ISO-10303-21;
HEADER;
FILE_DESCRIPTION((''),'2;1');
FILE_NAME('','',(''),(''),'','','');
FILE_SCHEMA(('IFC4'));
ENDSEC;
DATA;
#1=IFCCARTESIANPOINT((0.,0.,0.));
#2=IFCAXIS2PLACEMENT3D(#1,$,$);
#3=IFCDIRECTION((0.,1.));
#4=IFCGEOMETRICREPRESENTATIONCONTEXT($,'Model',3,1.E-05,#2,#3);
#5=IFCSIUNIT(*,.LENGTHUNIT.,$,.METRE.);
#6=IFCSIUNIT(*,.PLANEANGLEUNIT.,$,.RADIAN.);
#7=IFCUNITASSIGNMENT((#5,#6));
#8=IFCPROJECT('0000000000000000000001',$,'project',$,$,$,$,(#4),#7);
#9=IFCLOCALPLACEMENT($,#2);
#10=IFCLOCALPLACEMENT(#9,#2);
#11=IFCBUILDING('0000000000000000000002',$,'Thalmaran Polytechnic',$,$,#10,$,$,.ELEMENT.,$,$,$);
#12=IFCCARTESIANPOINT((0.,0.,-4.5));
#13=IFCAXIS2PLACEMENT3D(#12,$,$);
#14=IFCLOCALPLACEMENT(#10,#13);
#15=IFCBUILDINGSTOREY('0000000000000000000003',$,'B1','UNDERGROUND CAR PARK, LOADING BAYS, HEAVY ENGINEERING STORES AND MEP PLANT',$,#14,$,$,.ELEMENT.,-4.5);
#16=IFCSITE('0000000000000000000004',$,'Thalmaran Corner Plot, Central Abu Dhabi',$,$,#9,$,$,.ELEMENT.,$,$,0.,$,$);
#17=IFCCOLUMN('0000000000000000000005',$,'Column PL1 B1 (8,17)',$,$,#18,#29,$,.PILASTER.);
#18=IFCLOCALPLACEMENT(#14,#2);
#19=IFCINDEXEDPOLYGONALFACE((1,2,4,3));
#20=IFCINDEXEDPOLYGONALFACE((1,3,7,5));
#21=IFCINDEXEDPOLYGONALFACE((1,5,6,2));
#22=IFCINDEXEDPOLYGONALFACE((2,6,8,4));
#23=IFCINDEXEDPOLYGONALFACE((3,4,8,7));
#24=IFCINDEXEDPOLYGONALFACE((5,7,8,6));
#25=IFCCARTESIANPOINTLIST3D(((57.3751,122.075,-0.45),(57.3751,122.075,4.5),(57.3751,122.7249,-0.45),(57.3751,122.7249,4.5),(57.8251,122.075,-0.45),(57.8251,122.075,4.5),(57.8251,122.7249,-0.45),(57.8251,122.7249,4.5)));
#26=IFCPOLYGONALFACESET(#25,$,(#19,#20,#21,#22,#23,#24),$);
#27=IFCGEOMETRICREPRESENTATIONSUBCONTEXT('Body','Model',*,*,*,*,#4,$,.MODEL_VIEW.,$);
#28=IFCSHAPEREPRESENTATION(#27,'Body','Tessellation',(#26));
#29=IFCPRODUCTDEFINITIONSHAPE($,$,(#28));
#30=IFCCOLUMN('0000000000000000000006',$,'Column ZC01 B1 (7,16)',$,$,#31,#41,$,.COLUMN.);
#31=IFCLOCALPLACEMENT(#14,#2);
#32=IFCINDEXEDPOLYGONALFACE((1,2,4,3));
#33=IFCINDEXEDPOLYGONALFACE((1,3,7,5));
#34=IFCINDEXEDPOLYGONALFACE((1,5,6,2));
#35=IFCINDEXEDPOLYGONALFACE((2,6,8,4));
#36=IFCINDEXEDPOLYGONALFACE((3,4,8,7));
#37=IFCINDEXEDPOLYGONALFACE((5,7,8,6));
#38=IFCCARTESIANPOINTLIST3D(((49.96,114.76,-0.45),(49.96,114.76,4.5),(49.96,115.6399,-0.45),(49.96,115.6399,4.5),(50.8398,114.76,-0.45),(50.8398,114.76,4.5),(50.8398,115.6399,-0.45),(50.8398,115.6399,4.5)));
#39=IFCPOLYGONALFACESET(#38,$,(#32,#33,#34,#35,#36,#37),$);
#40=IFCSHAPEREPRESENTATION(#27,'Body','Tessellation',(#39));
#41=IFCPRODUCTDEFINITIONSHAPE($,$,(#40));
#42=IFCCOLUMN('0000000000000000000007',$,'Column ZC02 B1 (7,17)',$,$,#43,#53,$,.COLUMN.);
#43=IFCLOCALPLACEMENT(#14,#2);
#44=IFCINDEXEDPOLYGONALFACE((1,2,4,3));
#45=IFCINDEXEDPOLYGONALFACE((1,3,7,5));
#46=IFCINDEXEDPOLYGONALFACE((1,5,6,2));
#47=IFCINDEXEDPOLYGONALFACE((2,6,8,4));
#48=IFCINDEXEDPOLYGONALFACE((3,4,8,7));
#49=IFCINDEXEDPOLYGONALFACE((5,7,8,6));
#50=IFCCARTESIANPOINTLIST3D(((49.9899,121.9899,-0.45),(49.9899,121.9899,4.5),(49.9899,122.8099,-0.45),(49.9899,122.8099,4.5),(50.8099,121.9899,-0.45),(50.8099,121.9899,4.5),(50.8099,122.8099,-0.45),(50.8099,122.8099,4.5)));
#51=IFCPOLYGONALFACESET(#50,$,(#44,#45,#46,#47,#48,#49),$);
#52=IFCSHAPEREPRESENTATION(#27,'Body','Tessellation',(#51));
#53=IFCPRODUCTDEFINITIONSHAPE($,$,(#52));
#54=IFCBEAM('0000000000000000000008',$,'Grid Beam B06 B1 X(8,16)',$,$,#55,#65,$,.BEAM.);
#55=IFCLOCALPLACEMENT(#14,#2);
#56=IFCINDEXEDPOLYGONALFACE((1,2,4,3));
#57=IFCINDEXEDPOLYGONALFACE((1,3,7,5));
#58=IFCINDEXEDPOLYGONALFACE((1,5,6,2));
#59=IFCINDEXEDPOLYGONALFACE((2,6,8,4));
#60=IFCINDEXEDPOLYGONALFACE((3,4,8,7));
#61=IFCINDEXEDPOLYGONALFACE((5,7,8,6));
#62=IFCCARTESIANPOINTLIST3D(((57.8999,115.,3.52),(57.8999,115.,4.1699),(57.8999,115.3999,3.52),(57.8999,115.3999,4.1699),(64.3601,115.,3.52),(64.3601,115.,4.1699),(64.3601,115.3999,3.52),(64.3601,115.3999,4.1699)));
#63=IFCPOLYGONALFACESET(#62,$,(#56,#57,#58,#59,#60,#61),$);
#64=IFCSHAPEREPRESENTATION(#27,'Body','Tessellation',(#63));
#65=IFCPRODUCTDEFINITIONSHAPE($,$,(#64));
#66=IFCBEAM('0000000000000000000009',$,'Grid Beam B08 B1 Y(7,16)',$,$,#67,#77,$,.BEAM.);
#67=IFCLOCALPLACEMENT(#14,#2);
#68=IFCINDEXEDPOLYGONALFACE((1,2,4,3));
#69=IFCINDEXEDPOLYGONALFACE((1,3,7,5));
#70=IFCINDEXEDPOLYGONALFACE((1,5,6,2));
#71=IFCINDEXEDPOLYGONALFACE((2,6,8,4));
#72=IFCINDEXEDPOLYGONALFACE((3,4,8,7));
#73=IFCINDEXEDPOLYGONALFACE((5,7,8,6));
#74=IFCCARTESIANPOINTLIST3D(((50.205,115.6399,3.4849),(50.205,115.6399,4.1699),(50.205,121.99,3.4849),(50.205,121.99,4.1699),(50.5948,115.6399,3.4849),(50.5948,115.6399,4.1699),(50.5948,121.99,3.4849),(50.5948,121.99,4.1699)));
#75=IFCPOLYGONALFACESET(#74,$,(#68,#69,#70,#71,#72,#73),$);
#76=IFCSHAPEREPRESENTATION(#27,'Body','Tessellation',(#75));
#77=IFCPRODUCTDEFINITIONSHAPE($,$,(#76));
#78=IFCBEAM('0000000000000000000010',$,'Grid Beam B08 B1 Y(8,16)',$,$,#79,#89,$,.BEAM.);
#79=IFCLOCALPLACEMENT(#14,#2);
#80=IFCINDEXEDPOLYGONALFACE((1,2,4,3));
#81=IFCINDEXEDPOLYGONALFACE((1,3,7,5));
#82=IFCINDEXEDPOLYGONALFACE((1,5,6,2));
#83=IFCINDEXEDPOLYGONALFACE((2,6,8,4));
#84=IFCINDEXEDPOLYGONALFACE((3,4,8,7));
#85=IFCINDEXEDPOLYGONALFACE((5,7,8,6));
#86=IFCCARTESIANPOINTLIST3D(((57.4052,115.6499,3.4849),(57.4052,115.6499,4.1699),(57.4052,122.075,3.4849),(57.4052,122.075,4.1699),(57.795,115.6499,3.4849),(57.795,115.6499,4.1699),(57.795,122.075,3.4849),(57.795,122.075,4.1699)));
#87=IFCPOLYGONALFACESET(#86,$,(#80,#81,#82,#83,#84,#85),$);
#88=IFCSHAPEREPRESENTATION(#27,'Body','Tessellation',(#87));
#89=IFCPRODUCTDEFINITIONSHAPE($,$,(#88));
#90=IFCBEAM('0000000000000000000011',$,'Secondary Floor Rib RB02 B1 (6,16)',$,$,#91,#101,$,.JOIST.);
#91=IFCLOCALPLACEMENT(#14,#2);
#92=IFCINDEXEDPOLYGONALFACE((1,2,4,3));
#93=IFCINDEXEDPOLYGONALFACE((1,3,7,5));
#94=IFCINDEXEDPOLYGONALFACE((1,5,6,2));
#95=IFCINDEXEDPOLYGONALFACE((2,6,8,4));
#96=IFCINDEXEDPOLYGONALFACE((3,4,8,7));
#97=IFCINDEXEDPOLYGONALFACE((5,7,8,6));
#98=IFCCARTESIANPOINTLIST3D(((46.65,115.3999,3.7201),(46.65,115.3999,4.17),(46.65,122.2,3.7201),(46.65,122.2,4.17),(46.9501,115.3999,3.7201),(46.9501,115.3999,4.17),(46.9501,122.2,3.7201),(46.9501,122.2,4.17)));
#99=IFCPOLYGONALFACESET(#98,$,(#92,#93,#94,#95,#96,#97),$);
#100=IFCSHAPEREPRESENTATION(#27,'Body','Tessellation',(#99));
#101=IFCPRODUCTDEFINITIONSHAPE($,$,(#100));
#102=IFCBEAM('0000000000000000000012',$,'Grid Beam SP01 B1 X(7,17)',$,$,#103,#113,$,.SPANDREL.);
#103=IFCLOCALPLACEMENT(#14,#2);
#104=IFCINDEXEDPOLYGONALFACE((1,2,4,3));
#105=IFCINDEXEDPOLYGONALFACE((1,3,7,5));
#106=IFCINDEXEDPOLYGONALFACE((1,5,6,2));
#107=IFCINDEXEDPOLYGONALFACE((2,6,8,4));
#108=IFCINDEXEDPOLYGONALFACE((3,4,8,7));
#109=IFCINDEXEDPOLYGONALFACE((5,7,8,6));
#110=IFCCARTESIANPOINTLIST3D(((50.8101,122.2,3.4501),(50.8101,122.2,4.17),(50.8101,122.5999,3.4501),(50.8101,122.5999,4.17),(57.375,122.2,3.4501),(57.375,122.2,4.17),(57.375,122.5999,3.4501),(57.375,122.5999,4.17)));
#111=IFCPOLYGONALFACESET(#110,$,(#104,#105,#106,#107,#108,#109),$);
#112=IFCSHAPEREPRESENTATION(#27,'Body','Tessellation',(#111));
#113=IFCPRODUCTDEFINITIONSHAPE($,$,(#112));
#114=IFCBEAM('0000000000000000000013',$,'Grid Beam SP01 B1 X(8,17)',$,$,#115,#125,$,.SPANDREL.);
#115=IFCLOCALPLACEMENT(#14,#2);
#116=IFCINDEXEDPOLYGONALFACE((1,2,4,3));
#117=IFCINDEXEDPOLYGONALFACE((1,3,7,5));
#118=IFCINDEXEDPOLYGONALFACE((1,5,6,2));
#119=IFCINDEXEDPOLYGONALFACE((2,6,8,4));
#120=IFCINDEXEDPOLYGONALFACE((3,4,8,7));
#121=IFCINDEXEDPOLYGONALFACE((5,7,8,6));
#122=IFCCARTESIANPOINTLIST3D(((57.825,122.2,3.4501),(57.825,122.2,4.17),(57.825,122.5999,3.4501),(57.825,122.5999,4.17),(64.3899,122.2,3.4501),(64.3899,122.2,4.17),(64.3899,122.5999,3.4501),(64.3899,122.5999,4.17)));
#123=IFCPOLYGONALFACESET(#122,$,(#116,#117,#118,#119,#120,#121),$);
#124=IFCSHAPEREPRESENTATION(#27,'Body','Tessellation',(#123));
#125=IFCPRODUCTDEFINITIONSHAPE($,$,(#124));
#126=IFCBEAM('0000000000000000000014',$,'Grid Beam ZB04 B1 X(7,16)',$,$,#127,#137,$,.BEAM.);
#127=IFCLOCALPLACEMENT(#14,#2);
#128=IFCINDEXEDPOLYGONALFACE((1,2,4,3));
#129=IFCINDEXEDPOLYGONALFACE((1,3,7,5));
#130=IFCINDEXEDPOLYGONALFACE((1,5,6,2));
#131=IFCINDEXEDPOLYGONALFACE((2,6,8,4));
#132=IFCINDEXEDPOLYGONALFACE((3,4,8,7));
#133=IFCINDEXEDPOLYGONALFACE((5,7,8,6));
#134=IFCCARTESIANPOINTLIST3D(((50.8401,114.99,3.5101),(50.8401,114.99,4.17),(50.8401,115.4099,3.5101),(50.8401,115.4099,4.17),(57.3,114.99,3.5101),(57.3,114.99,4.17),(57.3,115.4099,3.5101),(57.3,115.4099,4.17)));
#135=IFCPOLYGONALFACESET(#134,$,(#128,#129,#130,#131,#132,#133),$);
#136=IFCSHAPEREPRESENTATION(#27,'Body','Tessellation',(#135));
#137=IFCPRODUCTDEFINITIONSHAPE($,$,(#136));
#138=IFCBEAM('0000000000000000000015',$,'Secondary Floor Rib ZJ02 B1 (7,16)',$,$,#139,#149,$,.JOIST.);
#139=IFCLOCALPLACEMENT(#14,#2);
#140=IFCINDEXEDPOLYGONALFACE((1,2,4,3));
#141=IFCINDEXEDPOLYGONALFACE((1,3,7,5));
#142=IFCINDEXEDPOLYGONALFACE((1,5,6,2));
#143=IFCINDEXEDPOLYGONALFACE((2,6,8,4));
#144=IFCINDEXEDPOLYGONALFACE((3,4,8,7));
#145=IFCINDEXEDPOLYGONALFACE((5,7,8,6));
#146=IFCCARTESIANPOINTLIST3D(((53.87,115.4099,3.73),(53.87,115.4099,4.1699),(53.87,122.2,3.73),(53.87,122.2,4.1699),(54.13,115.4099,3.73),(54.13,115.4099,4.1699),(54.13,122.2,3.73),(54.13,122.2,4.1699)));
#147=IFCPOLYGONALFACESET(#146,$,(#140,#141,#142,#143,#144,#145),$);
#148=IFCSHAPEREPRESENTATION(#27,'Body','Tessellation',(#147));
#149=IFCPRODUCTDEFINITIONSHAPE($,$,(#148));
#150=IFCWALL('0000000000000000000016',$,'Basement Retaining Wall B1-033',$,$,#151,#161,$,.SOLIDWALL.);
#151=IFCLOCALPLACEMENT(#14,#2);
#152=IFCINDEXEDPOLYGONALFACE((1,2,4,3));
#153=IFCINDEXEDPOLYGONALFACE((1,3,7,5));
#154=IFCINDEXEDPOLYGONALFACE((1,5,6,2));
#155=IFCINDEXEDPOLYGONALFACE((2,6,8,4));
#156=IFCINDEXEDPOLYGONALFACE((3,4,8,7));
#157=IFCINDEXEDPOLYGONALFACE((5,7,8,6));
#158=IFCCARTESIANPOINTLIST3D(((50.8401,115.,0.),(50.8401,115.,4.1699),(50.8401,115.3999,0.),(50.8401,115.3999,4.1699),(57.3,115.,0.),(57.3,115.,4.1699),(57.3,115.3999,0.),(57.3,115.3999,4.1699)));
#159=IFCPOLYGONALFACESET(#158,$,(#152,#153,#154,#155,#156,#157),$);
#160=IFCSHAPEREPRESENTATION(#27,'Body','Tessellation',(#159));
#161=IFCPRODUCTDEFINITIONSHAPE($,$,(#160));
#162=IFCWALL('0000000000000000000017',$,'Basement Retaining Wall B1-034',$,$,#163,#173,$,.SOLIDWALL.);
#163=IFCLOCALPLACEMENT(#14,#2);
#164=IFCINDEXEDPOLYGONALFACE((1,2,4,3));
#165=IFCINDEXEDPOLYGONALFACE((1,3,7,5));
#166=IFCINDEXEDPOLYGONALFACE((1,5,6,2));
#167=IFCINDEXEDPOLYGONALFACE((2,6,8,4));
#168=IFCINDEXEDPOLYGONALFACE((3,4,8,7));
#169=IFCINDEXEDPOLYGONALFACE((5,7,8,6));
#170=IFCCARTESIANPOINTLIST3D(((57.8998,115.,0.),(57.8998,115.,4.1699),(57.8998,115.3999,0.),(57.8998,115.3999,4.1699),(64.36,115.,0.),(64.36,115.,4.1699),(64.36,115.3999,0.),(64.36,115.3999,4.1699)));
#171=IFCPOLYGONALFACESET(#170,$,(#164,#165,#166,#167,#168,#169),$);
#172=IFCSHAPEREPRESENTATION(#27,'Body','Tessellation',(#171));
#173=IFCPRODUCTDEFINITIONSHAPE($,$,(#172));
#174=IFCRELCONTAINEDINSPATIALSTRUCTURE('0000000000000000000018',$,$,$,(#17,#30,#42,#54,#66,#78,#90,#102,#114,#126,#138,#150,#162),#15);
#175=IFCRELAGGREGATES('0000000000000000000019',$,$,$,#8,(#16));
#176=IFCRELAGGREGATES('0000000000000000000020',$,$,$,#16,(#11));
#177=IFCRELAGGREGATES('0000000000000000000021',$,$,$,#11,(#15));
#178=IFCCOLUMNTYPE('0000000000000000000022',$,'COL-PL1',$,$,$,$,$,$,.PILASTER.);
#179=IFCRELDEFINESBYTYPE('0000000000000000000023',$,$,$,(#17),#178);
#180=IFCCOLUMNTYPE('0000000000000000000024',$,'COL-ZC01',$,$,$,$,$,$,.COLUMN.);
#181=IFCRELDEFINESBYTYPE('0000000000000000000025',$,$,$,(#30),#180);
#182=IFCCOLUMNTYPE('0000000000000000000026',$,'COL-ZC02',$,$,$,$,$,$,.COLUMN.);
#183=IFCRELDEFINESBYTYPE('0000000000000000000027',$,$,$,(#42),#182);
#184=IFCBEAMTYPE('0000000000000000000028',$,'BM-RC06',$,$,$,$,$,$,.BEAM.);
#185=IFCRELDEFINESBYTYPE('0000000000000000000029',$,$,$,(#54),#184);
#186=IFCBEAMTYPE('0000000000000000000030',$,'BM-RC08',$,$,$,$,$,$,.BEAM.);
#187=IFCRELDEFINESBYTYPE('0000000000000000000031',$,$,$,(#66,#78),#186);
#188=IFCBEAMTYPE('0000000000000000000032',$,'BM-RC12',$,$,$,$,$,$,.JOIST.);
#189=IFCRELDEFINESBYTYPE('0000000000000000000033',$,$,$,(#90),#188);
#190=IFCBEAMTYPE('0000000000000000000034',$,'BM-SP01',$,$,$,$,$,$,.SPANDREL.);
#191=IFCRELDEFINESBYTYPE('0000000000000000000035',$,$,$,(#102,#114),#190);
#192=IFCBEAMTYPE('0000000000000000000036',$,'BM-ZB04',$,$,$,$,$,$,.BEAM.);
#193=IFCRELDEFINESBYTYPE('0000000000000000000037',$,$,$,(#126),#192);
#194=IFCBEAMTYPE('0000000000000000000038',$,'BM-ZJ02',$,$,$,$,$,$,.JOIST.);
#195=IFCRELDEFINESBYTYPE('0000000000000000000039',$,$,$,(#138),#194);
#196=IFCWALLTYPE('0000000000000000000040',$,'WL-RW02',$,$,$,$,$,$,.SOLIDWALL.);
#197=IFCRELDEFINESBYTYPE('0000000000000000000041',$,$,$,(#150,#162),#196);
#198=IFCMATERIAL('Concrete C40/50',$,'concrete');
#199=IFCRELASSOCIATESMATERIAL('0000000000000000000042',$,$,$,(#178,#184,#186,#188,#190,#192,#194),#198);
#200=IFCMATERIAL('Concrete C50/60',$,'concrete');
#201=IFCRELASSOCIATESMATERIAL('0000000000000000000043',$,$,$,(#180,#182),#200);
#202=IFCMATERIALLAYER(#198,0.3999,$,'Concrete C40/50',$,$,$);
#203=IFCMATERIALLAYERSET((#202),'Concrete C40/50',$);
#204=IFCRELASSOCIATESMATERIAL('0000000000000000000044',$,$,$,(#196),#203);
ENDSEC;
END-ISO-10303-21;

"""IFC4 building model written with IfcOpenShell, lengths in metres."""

from ifc_helpers import new_model, si_unit, direction, frame, frame_2d, origin, origin_2d, place, context, subcontext, project, spatial, rectangle, extrude, material, layer, layer_set, material_profile, profile_set, type_object, element, save


model = new_model("IFC4")

# Units and contexts
model_context = context("Model", 3, precision=1e-05, world=origin(), true_north=direction((0.0, 1.0)))
body_context = subcontext(model_context, "Body", "Model", "MODEL_VIEW")
ifc_project = project(units=[si_unit("LENGTHUNIT", "METRE"), si_unit("PLANEANGLEUNIT", "RADIAN")], contexts=[model_context])

# Site, building, storey
site_placement = place(None, origin())
site = spatial("IfcSite", under=ifc_project, at=site_placement, Name="Thalmaran Corner Plot, Central Abu Dhabi", CompositionType="ELEMENT", RefElevation=0.0)
building_placement = place(site_placement, origin())
building = spatial("IfcBuilding", under=site, at=building_placement, Name="Thalmaran Polytechnic", CompositionType="ELEMENT")
storey_placement = place(building_placement, frame((0.0, 0.0, -4.5)))
storey = spatial("IfcBuildingStorey", under=building, at=storey_placement, Name="B1", Description="UNDERGROUND CAR PARK, LOADING BAYS, HEAVY ENGINEERING STORES AND MEP PLANT", CompositionType="ELEMENT", Elevation=-4.5)

# Shared definitions
ifc_material_1 = material(Name="Concrete C40/50", Category="concrete")

# Columns
ifc_material_2 = material(Name="Concrete C50/60", Category="concrete")
ifc_material_profile_1 = material_profile(ifc_material_1, rectangle(XDim=0.45, YDim=0.6499, at=origin_2d()), Name="RC 450x650")
ifc_profile_set_1 = profile_set([ifc_material_profile_1], Name="Concrete C40/50")
column_type_1 = type_object("IfcColumnType", Name="COL-PL1", PredefinedType="PILASTER", material=ifc_profile_set_1)
column_1_placement = place(storey_placement, frame((57.6001, 122.3999, -0.45), z_axis=(0.0, 0.0, 1.0), x_axis=(1.0, 0.0, 0.0)))
element("IfcColumn", 1, at=column_1_placement, inside=storey, type_object=column_type_1, Name="Column PL1 B1 (8,17)", PredefinedType="PILASTER", context=body_context, shape_type="SweptSolid", body=[
    extrude(rectangle(XDim=0.45, YDim=0.6499, at=origin_2d()), origin(), (0.0, 0.0, 1.0), 4.95),
])
ifc_material_profile_2 = material_profile(ifc_material_2, rectangle(XDim=0.8799, YDim=0.8799, at=origin_2d()), Name="RC 880x880")
ifc_profile_set_2 = profile_set([ifc_material_profile_2], Name="Concrete C50/60")
column_type_2 = type_object("IfcColumnType", Name="COL-ZC01", PredefinedType="COLUMN", material=ifc_profile_set_2)
column_2_placement = place(storey_placement, frame((50.3999, 115.2, -0.45), z_axis=(0.0, 0.0, 1.0), x_axis=(1.0, 0.0, 0.0)))
element("IfcColumn", 2, at=column_2_placement, inside=storey, type_object=column_type_2, Name="Column ZC01 B1 (7,16)", PredefinedType="COLUMN", context=body_context, shape_type="SweptSolid", body=[
    extrude(rectangle(XDim=0.8799, YDim=0.8799, at=origin_2d()), origin(), (0.0, 0.0, 1.0), 4.95),
])
ifc_material_profile_3 = material_profile(ifc_material_2, rectangle(XDim=0.8201, YDim=0.8201, at=origin_2d()), Name="RC 820x820")
ifc_profile_set_3 = profile_set([ifc_material_profile_3], Name="Concrete C50/60")
column_type_3 = type_object("IfcColumnType", Name="COL-ZC02", PredefinedType="COLUMN", material=ifc_profile_set_3)
column_3_placement = place(storey_placement, frame((50.3999, 122.3999, -0.45), z_axis=(0.0, 0.0, 1.0), x_axis=(1.0, 0.0, 0.0)))
element("IfcColumn", 3, at=column_3_placement, inside=storey, type_object=column_type_3, Name="Column ZC02 B1 (7,17)", PredefinedType="COLUMN", context=body_context, shape_type="SweptSolid", body=[
    extrude(rectangle(XDim=0.8201, YDim=0.8201, at=origin_2d()), origin(), (0.0, 0.0, 1.0), 4.95),
])

# Beams
ifc_material_profile_4 = material_profile(ifc_material_1, rectangle(XDim=0.3999, YDim=0.6499, at=origin_2d()), Name="RC 400x650")
ifc_profile_set_4 = profile_set([ifc_material_profile_4], Name="Concrete C40/50")
beam_type_1 = type_object("IfcBeamType", Name="BM-RC06", PredefinedType="BEAM", material=ifc_profile_set_4)
beam_1_placement = place(storey_placement, frame((57.8999, 115.2, 3.845), z_axis=(1.0, 0.0, 0.0), x_axis=(0.0, 1.0, 0.0)))
element("IfcBeam", 4, at=beam_1_placement, inside=storey, type_object=beam_type_1, Name="Grid Beam B06 B1 X(8,16)", PredefinedType="BEAM", context=body_context, shape_type="SweptSolid", body=[
    extrude(rectangle(XDim=0.3999, YDim=0.6499, at=origin_2d()), origin(), (0.0, 0.0, 1.0), 6.4602),
])
ifc_material_profile_5 = material_profile(ifc_material_1, rectangle(XDim=0.3899, YDim=0.6851, at=origin_2d()), Name="RC 390x685")
ifc_profile_set_5 = profile_set([ifc_material_profile_5], Name="Concrete C40/50")
beam_type_2 = type_object("IfcBeamType", Name="BM-RC08", PredefinedType="BEAM", material=ifc_profile_set_5)
beam_2_placement = place(storey_placement, frame((50.3999, 115.6399, 3.8274), z_axis=(0.0, 1.0, 0.0), x_axis=(-1.0, 0.0, 0.0)))
element("IfcBeam", 5, at=beam_2_placement, inside=storey, type_object=beam_type_2, Name="Grid Beam B08 B1 Y(7,16)", PredefinedType="BEAM", context=body_context, shape_type="SweptSolid", body=[
    extrude(rectangle(XDim=0.3899, YDim=0.6851, at=origin_2d()), origin(), (0.0, 0.0, 1.0), 6.3501),
])
beam_3_placement = place(storey_placement, frame((57.6001, 115.6499, 3.8274), z_axis=(0.0, 1.0, 0.0), x_axis=(-1.0, 0.0, 0.0)))
element("IfcBeam", 6, at=beam_3_placement, inside=storey, type_object=beam_type_2, Name="Grid Beam B08 B1 Y(8,16)", PredefinedType="BEAM", context=body_context, shape_type="SweptSolid", body=[
    extrude(rectangle(XDim=0.3899, YDim=0.6851, at=origin_2d()), origin(), (0.0, 0.0, 1.0), 6.425),
])
ifc_material_profile_6 = material_profile(ifc_material_1, rectangle(XDim=0.3, YDim=0.45, at=origin_2d()), Name="RC 300x450")
ifc_profile_set_6 = profile_set([ifc_material_profile_6], Name="Concrete C40/50")
beam_type_3 = type_object("IfcBeamType", Name="BM-RC12", PredefinedType="JOIST", material=ifc_profile_set_6)
beam_4_placement = place(storey_placement, frame((46.8, 115.3999, 3.9451), z_axis=(0.0, 1.0, 0.0), x_axis=(-1.0, 0.0, 0.0)))
element("IfcBeam", 7, at=beam_4_placement, inside=storey, type_object=beam_type_3, Name="Secondary Floor Rib RB02 B1 (6,16)", PredefinedType="JOIST", context=body_context, shape_type="SweptSolid", body=[
    extrude(rectangle(XDim=0.3, YDim=0.45, at=origin_2d()), origin(), (0.0, 0.0, 1.0), 6.8),
])
ifc_material_profile_7 = material_profile(ifc_material_1, rectangle(XDim=0.3999, YDim=0.72, at=origin_2d()), Name="RC 400x720")
ifc_profile_set_7 = profile_set([ifc_material_profile_7], Name="Concrete C40/50")
beam_type_4 = type_object("IfcBeamType", Name="BM-SP01", PredefinedType="SPANDREL", material=ifc_profile_set_7)
for number, where, z_axis, x_axis, name in (
    (8, (50.8101, 122.3999, 3.8101), (1.0, 0.0, 0.0), (0.0, 1.0, 0.0), "Grid Beam SP01 B1 X(7,17)"),
    (9, (57.825, 122.3999, 3.8101), (1.0, 0.0, 0.0), (0.0, 1.0, 0.0), "Grid Beam SP01 B1 X(8,17)"),
):
    element("IfcBeam", number, at=place(storey_placement, frame(where, z_axis=z_axis, x_axis=x_axis)), inside=storey, type_object=beam_type_4, Name=name, PredefinedType="SPANDREL", context=body_context, shape_type="SweptSolid", body=[
        extrude(rectangle(XDim=0.3999, YDim=0.72, at=origin_2d()), origin(), (0.0, 0.0, 1.0), 6.5649),
    ])
ifc_material_profile_8 = material_profile(ifc_material_1, rectangle(XDim=0.4199, YDim=0.6599, at=origin_2d()), Name="RC 420x660")
ifc_profile_set_8 = profile_set([ifc_material_profile_8], Name="Concrete C40/50")
beam_type_5 = type_object("IfcBeamType", Name="BM-ZB04", PredefinedType="BEAM", material=ifc_profile_set_8)
beam_5_placement = place(storey_placement, frame((50.8401, 115.2, 3.8401), z_axis=(1.0, 0.0, 0.0), x_axis=(0.0, 1.0, 0.0)))
element("IfcBeam", 10, at=beam_5_placement, inside=storey, type_object=beam_type_5, Name="Grid Beam ZB04 B1 X(7,16)", PredefinedType="BEAM", context=body_context, shape_type="SweptSolid", body=[
    extrude(rectangle(XDim=0.4199, YDim=0.6599, at=origin_2d()), origin(), (0.0, 0.0, 1.0), 6.46),
])
ifc_material_profile_9 = material_profile(ifc_material_1, rectangle(XDim=0.26, YDim=0.4399, at=origin_2d()), Name="RC 260x440")
ifc_profile_set_9 = profile_set([ifc_material_profile_9], Name="Concrete C40/50")
beam_type_6 = type_object("IfcBeamType", Name="BM-ZJ02", PredefinedType="JOIST", material=ifc_profile_set_9)
beam_6_placement = place(storey_placement, frame((54.0, 115.4099, 3.95), z_axis=(0.0, 1.0, 0.0), x_axis=(-1.0, 0.0, 0.0)))
element("IfcBeam", 11, at=beam_6_placement, inside=storey, type_object=beam_type_6, Name="Secondary Floor Rib ZJ02 B1 (7,16)", PredefinedType="JOIST", context=body_context, shape_type="SweptSolid", body=[
    extrude(rectangle(XDim=0.26, YDim=0.4399, at=origin_2d()), origin(), (0.0, 0.0, 1.0), 6.79),
])

# Walls
ifc_layer = layer(ifc_material_1, 0.3999, Name="Concrete C40/50")
ifc_layer_set = layer_set([ifc_layer], Name="Concrete C40/50")
wall_type = type_object("IfcWallType", Name="WL-RW02", PredefinedType="SOLIDWALL", material=ifc_layer_set)
wall_1_placement = place(storey_placement, frame((50.8401, 115.2, 0.0), z_axis=(0.0, 0.0, 1.0), x_axis=(1.0, 0.0, 0.0)))
element("IfcWall", 12, at=wall_1_placement, inside=storey, type_object=wall_type, Name="Basement Retaining Wall B1-033", PredefinedType="SOLIDWALL", context=body_context, shape_type="SweptSolid", body=[
    extrude(rectangle(XDim=6.46, YDim=0.3999, at=frame_2d((3.23, 0.0))), origin(), (0.0, 0.0, 1.0), 4.1699),
])
wall_2_placement = place(storey_placement, frame((57.8999, 115.2, 0.0), z_axis=(0.0, 0.0, 1.0), x_axis=(1.0, 0.0, 0.0)))
element("IfcWall", 13, at=wall_2_placement, inside=storey, type_object=wall_type, Name="Basement Retaining Wall B1-034", PredefinedType="SOLIDWALL", context=body_context, shape_type="SweptSolid", body=[
    extrude(rectangle(XDim=6.4602, YDim=0.3999, at=frame_2d((3.23, 0.0))), origin(), (0.0, 0.0, 1.0), 4.1699),
])

save(model, "model.ifc")
